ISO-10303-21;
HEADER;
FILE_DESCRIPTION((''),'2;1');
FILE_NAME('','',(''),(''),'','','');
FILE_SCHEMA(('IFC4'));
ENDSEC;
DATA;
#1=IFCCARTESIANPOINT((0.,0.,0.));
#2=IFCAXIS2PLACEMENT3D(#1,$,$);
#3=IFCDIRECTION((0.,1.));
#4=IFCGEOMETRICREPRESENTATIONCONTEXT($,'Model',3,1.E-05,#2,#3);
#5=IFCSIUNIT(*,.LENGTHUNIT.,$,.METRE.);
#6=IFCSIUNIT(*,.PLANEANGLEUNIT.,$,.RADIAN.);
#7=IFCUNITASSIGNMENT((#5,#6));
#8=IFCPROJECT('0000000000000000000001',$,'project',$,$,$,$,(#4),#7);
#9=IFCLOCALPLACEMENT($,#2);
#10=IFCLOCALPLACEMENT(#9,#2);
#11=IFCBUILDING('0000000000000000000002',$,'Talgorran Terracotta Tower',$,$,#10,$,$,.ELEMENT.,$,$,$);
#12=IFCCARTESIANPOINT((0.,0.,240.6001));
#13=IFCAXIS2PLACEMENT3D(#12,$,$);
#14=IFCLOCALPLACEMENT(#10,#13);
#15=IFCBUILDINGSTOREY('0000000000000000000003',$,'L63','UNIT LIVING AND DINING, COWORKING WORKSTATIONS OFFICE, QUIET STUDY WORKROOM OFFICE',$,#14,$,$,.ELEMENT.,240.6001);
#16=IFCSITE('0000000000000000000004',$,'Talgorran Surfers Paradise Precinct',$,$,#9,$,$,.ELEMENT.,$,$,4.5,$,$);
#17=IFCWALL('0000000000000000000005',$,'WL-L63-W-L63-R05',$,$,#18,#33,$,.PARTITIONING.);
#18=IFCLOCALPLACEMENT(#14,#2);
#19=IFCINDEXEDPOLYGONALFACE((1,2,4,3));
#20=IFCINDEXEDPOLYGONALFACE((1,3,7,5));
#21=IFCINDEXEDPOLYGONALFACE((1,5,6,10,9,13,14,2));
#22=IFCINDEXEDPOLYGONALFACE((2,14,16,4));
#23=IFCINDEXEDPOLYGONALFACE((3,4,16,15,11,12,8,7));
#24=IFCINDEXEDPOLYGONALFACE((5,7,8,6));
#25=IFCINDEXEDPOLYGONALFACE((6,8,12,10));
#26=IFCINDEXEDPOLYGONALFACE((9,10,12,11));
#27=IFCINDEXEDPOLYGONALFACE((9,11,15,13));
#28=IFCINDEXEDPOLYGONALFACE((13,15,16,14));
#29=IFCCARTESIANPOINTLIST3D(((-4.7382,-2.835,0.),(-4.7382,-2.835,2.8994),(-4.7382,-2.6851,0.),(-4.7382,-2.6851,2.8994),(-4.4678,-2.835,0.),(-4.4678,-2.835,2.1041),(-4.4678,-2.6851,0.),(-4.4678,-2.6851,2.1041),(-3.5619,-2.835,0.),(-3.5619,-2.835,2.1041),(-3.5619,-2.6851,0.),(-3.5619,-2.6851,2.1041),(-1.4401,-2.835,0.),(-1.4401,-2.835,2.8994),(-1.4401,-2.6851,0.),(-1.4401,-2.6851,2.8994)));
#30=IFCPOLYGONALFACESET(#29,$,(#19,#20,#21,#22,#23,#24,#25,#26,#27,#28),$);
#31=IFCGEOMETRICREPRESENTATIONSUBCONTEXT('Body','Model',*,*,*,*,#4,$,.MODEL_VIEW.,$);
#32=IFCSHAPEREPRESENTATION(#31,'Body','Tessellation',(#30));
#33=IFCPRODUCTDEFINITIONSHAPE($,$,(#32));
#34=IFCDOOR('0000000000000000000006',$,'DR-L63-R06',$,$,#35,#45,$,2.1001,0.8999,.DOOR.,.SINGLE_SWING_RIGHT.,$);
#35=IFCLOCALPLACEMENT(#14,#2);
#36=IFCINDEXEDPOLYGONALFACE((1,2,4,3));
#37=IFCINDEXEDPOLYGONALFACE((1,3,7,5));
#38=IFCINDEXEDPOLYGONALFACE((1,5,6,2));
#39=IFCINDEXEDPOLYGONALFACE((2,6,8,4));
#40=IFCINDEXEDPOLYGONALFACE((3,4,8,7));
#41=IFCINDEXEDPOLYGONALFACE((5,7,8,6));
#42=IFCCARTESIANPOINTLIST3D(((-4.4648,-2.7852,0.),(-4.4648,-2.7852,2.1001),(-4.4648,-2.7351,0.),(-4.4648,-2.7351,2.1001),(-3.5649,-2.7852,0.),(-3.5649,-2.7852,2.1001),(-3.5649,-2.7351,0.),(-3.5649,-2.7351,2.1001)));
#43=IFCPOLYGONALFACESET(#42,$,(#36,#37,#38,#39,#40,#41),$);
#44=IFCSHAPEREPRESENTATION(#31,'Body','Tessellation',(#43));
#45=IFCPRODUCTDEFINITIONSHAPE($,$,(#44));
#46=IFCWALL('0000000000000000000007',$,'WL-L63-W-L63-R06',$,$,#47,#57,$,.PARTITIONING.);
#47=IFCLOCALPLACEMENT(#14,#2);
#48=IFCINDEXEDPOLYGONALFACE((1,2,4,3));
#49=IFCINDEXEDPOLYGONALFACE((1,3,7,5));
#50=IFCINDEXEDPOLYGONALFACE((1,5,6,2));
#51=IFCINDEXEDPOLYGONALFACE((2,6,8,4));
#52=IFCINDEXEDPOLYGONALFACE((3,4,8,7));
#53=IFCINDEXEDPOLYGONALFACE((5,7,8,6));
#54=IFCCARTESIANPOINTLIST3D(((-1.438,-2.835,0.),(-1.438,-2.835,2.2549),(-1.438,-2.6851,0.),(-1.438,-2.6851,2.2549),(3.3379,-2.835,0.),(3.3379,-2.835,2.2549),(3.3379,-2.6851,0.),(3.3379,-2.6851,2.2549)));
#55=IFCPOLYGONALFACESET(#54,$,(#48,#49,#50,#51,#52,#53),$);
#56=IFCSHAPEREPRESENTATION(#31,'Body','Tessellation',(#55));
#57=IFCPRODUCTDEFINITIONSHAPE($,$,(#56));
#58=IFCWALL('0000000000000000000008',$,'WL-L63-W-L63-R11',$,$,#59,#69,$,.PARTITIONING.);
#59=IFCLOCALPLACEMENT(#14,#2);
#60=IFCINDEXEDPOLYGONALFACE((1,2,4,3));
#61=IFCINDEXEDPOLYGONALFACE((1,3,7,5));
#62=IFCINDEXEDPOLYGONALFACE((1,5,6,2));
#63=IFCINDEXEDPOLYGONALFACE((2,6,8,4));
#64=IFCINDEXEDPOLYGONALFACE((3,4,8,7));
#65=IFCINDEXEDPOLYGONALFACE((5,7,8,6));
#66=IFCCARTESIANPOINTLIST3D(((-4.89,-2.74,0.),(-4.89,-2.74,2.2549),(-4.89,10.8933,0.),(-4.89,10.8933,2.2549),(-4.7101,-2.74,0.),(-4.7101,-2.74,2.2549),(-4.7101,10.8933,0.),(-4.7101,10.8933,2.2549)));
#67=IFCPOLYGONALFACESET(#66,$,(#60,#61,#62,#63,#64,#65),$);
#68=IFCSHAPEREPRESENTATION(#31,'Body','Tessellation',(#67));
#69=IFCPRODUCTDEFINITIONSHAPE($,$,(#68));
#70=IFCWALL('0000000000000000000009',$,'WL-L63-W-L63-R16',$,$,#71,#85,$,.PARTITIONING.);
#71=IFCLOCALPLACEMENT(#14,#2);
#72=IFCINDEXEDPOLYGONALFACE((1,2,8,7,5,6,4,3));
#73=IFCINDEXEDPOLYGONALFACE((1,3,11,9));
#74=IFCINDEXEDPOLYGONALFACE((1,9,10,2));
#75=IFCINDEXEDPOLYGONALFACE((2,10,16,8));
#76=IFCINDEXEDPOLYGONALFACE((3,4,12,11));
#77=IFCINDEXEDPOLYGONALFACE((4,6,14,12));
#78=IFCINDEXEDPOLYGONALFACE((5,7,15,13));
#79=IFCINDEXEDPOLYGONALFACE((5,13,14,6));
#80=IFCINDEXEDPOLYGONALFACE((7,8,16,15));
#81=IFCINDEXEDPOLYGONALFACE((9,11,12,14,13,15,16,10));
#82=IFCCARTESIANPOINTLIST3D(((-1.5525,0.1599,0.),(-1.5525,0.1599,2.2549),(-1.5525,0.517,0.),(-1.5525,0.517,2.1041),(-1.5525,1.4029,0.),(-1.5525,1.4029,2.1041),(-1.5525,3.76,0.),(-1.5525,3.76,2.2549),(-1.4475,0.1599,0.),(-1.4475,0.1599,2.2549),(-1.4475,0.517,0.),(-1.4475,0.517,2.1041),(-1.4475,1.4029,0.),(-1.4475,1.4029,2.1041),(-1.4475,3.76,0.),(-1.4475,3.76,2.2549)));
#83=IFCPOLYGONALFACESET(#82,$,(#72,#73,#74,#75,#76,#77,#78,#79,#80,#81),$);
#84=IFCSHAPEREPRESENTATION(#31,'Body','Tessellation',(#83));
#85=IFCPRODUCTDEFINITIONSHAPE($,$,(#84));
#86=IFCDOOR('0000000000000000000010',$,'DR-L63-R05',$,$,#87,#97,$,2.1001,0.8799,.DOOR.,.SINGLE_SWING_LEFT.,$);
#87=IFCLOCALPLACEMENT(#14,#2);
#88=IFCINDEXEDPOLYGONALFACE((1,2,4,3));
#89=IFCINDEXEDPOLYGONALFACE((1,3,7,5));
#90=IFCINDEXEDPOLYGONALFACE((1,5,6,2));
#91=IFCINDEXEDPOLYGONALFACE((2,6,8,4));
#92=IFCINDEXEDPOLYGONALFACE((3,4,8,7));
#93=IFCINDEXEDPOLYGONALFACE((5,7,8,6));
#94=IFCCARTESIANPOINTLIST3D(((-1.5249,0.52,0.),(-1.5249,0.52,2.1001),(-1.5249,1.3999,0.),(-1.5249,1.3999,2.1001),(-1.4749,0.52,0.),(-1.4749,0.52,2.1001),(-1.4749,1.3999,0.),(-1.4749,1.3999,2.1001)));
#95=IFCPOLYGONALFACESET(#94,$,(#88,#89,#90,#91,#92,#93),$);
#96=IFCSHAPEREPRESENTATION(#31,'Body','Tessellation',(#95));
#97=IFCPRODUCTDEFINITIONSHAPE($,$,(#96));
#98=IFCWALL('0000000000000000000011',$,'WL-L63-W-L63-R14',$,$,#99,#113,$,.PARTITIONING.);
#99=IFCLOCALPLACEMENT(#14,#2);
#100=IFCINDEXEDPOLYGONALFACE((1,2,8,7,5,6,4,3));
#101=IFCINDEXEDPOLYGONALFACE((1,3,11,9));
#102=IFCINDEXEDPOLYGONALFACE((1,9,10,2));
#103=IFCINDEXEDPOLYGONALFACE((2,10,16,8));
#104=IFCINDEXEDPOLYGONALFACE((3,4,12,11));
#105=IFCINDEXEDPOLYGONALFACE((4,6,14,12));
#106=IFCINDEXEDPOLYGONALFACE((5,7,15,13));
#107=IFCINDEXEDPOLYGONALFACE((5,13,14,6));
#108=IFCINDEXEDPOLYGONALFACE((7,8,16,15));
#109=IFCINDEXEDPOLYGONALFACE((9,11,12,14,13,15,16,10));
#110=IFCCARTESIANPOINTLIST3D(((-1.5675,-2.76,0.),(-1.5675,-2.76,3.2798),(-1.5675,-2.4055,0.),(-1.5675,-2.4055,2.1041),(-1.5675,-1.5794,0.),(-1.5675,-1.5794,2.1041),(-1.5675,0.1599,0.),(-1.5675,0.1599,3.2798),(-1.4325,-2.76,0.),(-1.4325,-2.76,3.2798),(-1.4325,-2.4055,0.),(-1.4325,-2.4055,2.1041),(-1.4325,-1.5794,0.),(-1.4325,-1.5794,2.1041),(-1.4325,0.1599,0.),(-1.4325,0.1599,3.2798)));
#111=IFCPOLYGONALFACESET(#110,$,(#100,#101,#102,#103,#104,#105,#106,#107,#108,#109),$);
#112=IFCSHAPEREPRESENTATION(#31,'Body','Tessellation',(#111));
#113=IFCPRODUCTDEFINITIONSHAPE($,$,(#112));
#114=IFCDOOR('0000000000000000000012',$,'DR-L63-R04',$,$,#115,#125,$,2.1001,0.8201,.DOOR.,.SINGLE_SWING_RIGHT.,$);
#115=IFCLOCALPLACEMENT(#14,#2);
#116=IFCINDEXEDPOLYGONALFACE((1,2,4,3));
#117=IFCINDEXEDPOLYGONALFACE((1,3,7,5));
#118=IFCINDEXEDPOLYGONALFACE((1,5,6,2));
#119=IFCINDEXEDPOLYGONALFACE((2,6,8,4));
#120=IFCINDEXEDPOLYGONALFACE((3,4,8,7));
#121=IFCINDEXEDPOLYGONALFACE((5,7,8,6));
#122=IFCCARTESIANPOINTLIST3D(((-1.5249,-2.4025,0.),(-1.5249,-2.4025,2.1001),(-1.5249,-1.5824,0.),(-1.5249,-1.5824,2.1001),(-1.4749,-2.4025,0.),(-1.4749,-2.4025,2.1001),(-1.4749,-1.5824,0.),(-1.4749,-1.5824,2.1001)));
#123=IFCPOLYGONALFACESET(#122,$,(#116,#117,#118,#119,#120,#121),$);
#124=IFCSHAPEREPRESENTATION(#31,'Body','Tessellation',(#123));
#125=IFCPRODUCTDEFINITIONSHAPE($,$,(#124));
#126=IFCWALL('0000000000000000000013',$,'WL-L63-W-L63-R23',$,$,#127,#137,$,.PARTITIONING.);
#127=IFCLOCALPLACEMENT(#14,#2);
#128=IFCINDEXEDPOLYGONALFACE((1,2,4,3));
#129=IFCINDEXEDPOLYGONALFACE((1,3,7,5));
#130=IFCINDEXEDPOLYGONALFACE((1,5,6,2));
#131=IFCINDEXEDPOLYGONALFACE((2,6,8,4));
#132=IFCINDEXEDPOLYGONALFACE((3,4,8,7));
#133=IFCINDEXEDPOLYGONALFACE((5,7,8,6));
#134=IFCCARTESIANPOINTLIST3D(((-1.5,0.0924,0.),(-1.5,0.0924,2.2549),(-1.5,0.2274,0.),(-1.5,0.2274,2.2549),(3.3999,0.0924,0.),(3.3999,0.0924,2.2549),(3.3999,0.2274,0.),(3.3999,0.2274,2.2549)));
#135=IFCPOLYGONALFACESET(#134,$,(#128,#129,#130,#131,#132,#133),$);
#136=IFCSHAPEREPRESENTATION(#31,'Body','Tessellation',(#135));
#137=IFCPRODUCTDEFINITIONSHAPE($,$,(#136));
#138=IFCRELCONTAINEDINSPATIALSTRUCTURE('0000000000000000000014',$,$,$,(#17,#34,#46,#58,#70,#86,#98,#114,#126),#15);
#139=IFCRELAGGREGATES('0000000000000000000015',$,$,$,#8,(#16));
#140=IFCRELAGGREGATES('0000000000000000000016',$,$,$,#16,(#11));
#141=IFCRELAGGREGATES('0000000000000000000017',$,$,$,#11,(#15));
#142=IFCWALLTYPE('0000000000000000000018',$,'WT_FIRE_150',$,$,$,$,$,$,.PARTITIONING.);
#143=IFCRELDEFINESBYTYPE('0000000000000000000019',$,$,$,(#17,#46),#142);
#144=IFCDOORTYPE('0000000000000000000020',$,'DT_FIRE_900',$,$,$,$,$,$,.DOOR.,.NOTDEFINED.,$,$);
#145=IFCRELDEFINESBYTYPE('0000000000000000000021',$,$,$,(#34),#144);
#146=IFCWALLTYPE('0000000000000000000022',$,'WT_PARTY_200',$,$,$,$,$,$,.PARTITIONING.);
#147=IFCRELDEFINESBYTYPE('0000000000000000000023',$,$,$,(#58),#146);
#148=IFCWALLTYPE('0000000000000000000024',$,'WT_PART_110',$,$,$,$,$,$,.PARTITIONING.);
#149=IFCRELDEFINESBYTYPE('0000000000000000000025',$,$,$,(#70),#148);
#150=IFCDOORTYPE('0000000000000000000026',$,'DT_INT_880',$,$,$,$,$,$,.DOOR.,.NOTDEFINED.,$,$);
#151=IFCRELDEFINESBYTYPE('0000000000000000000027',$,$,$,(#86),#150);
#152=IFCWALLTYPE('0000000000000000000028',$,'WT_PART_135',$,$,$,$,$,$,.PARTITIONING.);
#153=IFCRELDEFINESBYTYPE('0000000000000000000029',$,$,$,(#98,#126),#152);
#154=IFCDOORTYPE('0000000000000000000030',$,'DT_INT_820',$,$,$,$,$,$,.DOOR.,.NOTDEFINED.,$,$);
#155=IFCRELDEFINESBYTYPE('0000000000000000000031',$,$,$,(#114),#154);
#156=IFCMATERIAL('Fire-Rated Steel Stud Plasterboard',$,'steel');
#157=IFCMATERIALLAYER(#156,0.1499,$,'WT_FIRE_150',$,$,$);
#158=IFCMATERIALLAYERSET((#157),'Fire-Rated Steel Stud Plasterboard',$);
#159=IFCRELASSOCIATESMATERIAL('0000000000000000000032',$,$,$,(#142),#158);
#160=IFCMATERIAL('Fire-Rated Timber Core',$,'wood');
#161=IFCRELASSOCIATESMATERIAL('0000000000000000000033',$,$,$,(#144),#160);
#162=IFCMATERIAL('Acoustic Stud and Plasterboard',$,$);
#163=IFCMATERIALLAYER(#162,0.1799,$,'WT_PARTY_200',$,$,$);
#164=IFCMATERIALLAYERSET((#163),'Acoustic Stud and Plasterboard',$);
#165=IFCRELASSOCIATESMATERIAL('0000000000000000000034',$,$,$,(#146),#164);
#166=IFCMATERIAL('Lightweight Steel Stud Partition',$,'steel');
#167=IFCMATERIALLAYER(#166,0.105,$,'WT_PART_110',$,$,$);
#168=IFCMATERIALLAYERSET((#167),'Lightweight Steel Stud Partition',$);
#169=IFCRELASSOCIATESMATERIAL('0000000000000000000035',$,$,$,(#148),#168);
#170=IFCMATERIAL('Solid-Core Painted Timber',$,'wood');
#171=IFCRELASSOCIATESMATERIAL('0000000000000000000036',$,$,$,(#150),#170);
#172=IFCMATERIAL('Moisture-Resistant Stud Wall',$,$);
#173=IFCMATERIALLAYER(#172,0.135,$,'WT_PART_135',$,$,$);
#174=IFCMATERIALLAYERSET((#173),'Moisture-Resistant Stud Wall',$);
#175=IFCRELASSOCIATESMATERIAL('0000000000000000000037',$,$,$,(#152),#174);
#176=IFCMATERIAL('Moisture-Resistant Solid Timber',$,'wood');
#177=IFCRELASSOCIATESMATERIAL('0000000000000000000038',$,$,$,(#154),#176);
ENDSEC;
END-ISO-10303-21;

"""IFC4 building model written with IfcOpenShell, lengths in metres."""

from ifc_helpers import new_model, si_unit, direction, frame, frame_2d, origin, place, context, subcontext, project, spatial, rectangle, extrude, material, layer, layer_set, type_object, element, fill, save


model = new_model("IFC4")

# Units and contexts
model_context = context("Model", 3, precision=1e-05, world=origin(), true_north=direction((0.0, 1.0)))
body_context = subcontext(model_context, "Body", "Model", "MODEL_VIEW")
ifc_project = project(units=[si_unit("LENGTHUNIT", "METRE"), si_unit("PLANEANGLEUNIT", "RADIAN")], contexts=[model_context])

# Site, building, storey
site_placement = place(None, origin())
site = spatial("IfcSite", under=ifc_project, at=site_placement, Name="Talgorran Surfers Paradise Precinct", CompositionType="ELEMENT", RefElevation=4.5)
building_placement = place(site_placement, origin())
building = spatial("IfcBuilding", under=site, at=building_placement, Name="Talgorran Terracotta Tower", CompositionType="ELEMENT")
storey_placement = place(building_placement, frame((0.0, 0.0, 240.6001)))
storey = spatial("IfcBuildingStorey", under=building, at=storey_placement, Name="L63", Description="UNIT LIVING AND DINING, COWORKING WORKSTATIONS OFFICE, QUIET STUDY WORKROOM OFFICE", CompositionType="ELEMENT", Elevation=240.6001)

# Wall, opening, door
ifc_material_1 = material(Name="Fire-Rated Steel Stud Plasterboard", Category="steel")
ifc_layer_1 = layer(ifc_material_1, 0.1499, Name="WT_FIRE_150")
ifc_layer_set_1 = layer_set([ifc_layer_1], Name="Fire-Rated Steel Stud Plasterboard")
wall_type_1 = type_object("IfcWallType", Name="WT_FIRE_150", PredefinedType="PARTITIONING", material=ifc_layer_set_1)
wall_1_placement = place(storey_placement, frame((-4.738, -2.76, 0.0), z_axis=(0.0, 0.0, 1.0), x_axis=(1.0, 0.0, 0.0)))
wall_1 = element("IfcWall", 1, at=wall_1_placement, inside=storey, type_object=wall_type_1, Name="WL-L63-W-L63-R05", PredefinedType="PARTITIONING", context=body_context, shape_type="SweptSolid", body=[
    extrude(rectangle(XDim=3.2981, YDim=0.1499, at=frame_2d((1.6489, 0.0))), origin(), (0.0, 0.0, 1.0), 2.8994),
])
opening_1_placement = place(wall_1_placement, frame((0.2732, 0.0, 0.0)))
opening_1 = element("IfcOpeningElement", 2, at=opening_1_placement, cuts=wall_1, PredefinedType="OPENING", context=body_context, shape_type="SweptSolid", body=[
    extrude(rectangle(XDim=0.9059, YDim=2.1041, at=frame_2d((0.45, 1.052))), frame((0.0, 0.085, 0.0), z_axis=(0.0, -1.0, 0.0), x_axis=(1.0, 0.0, 0.0)), (0.0, 0.0, 1.0), 0.1699),
])
ifc_material_2 = material(Name="Fire-Rated Timber Core", Category="wood")
door_type_1 = type_object("IfcDoorType", Name="DT_FIRE_900", OperationType="NOTDEFINED", PredefinedType="DOOR", material=ifc_material_2)
door_1_placement = place(opening_1_placement, origin())
door_1 = element("IfcDoor", 3, at=door_1_placement, inside=storey, type_object=door_type_1, Name="DR-L63-R06", OperationType="SINGLE_SWING_RIGHT", OverallHeight=2.1001, OverallWidth=0.8999, PredefinedType="DOOR", context=body_context, shape_type="SweptSolid", body=[
    extrude(rectangle(XDim=0.8999, YDim=2.1001, at=frame_2d((0.45, 1.05))), frame((0.0, 0.0249, 0.0), z_axis=(0.0, -1.0, 0.0), x_axis=(1.0, 0.0, 0.0)), (0.0, 0.0, 1.0), 0.05),
])
fill(opening_1, door_1)

# Walls
wall_2_placement = place(storey_placement, frame((-1.438, -2.76, 0.0), z_axis=(0.0, 0.0, 1.0), x_axis=(1.0, 0.0, 0.0)))
element("IfcWall", 4, at=wall_2_placement, inside=storey, type_object=wall_type_1, Name="WL-L63-W-L63-R06", PredefinedType="PARTITIONING", context=body_context, shape_type="SweptSolid", body=[
    extrude(rectangle(XDim=4.7759, YDim=0.1499, at=frame_2d((2.3879, 0.0))), origin(), (0.0, 0.0, 1.0), 2.2549),
])
ifc_material_3 = material(Name="Acoustic Stud and Plasterboard")
ifc_layer_2 = layer(ifc_material_3, 0.1799, Name="WT_PARTY_200")
ifc_layer_set_2 = layer_set([ifc_layer_2], Name="Acoustic Stud and Plasterboard")
wall_type_2 = type_object("IfcWallType", Name="WT_PARTY_200", PredefinedType="PARTITIONING", material=ifc_layer_set_2)
wall_3_placement = place(storey_placement, frame((-4.8, -2.74, 0.0), z_axis=(0.0, 0.0, 1.0), x_axis=(0.0, 1.0, 0.0)))
element("IfcWall", 5, at=wall_3_placement, inside=storey, type_object=wall_type_2, Name="WL-L63-W-L63-R11", PredefinedType="PARTITIONING", context=body_context, shape_type="SweptSolid", body=[
    extrude(rectangle(XDim=13.6333, YDim=0.1799, at=frame_2d((6.8167, 0.0))), origin(), (0.0, 0.0, 1.0), 2.2549),
])

# Walls, openings, doors
ifc_material_4 = material(Name="Lightweight Steel Stud Partition", Category="steel")
ifc_layer_3 = layer(ifc_material_4, 0.105, Name="WT_PART_110")
ifc_layer_set_3 = layer_set([ifc_layer_3], Name="Lightweight Steel Stud Partition")
wall_type_3 = type_object("IfcWallType", Name="WT_PART_110", PredefinedType="PARTITIONING", material=ifc_layer_set_3)
wall_4_placement = place(storey_placement, frame((-1.5, 0.1599, 0.0), z_axis=(0.0, 0.0, 1.0), x_axis=(0.0, 1.0, 0.0)))
wall_4 = element("IfcWall", 6, at=wall_4_placement, inside=storey, type_object=wall_type_3, Name="WL-L63-W-L63-R16", PredefinedType="PARTITIONING", context=body_context, shape_type="SweptSolid", body=[
    extrude(rectangle(XDim=3.6001, YDim=0.105, at=frame_2d((1.8, 0.0))), origin(), (0.0, 0.0, 1.0), 2.2549),
])
opening_2_placement = place(wall_4_placement, frame((0.3601, 0.0, 0.0)))
opening_2 = element("IfcOpeningElement", 7, at=opening_2_placement, cuts=wall_4, PredefinedType="OPENING", context=body_context, shape_type="SweptSolid", body=[
    extrude(rectangle(XDim=0.8859, YDim=2.1041, at=frame_2d((0.4399, 1.052))), frame((0.0, 0.0625, 0.0), z_axis=(0.0, -1.0, 0.0), x_axis=(1.0, 0.0, 0.0)), (0.0, 0.0, 1.0), 0.125),
])
ifc_material_5 = material(Name="Solid-Core Painted Timber", Category="wood")
door_type_2 = type_object("IfcDoorType", Name="DT_INT_880", OperationType="NOTDEFINED", PredefinedType="DOOR", material=ifc_material_5)
door_2_placement = place(opening_2_placement, origin())
door_2 = element("IfcDoor", 8, at=door_2_placement, inside=storey, type_object=door_type_2, Name="DR-L63-R05", OperationType="SINGLE_SWING_LEFT", OverallHeight=2.1001, OverallWidth=0.8799, PredefinedType="DOOR", context=body_context, shape_type="SweptSolid", body=[
    extrude(rectangle(XDim=0.8799, YDim=2.1001, at=frame_2d((0.4399, 1.05))), frame((0.0, 0.0249, 0.0), z_axis=(0.0, -1.0, 0.0), x_axis=(1.0, 0.0, 0.0)), (0.0, 0.0, 1.0), 0.05),
])
fill(opening_2, door_2)
ifc_material_6 = material(Name="Moisture-Resistant Stud Wall")
ifc_layer_4 = layer(ifc_material_6, 0.135, Name="WT_PART_135")
ifc_layer_set_4 = layer_set([ifc_layer_4], Name="Moisture-Resistant Stud Wall")
wall_type_4 = type_object("IfcWallType", Name="WT_PART_135", PredefinedType="PARTITIONING", material=ifc_layer_set_4)
wall_5_placement = place(storey_placement, frame((-1.5, -2.76, 0.0), z_axis=(0.0, 0.0, 1.0), x_axis=(0.0, 1.0, 0.0)))
wall_5 = element("IfcWall", 9, at=wall_5_placement, inside=storey, type_object=wall_type_4, Name="WL-L63-W-L63-R14", PredefinedType="PARTITIONING", context=body_context, shape_type="SweptSolid", body=[
    extrude(rectangle(XDim=2.9199, YDim=0.135, at=frame_2d((1.46, 0.0))), origin(), (0.0, 0.0, 1.0), 3.2798),
])
opening_3_placement = place(wall_5_placement, frame((0.3574, 0.0, 0.0)))
opening_3 = element("IfcOpeningElement", 10, at=opening_3_placement, cuts=wall_5, PredefinedType="OPENING", context=body_context, shape_type="SweptSolid", body=[
    extrude(rectangle(XDim=0.8261, YDim=2.1041, at=frame_2d((0.4102, 1.052))), frame((0.0, 0.0776, 0.0), z_axis=(0.0, -1.0, 0.0), x_axis=(1.0, 0.0, 0.0)), (0.0, 0.0, 1.0), 0.155),
])
ifc_material_7 = material(Name="Moisture-Resistant Solid Timber", Category="wood")
door_type_3 = type_object("IfcDoorType", Name="DT_INT_820", OperationType="NOTDEFINED", PredefinedType="DOOR", material=ifc_material_7)
door_3_placement = place(opening_3_placement, origin())
door_3 = element("IfcDoor", 11, at=door_3_placement, inside=storey, type_object=door_type_3, Name="DR-L63-R04", OperationType="SINGLE_SWING_RIGHT", OverallHeight=2.1001, OverallWidth=0.8201, PredefinedType="DOOR", context=body_context, shape_type="SweptSolid", body=[
    extrude(rectangle(XDim=0.8201, YDim=2.1001, at=frame_2d((0.4102, 1.05))), frame((0.0, 0.0249, 0.0), z_axis=(0.0, -1.0, 0.0), x_axis=(1.0, 0.0, 0.0)), (0.0, 0.0, 1.0), 0.05),
])
fill(opening_3, door_3)

# Wall
wall_6_placement = place(storey_placement, frame((-1.5, 0.1599, 0.0), z_axis=(0.0, 0.0, 1.0), x_axis=(1.0, 0.0, 0.0)))
element("IfcWall", 12, at=wall_6_placement, inside=storey, type_object=wall_type_4, Name="WL-L63-W-L63-R23", PredefinedType="PARTITIONING", context=body_context, shape_type="SweptSolid", body=[
    extrude(rectangle(XDim=4.8999, YDim=0.135, at=frame_2d((2.45, 0.0))), origin(), (0.0, 0.0, 1.0), 2.2549),
])

save(model, "model.ifc")
